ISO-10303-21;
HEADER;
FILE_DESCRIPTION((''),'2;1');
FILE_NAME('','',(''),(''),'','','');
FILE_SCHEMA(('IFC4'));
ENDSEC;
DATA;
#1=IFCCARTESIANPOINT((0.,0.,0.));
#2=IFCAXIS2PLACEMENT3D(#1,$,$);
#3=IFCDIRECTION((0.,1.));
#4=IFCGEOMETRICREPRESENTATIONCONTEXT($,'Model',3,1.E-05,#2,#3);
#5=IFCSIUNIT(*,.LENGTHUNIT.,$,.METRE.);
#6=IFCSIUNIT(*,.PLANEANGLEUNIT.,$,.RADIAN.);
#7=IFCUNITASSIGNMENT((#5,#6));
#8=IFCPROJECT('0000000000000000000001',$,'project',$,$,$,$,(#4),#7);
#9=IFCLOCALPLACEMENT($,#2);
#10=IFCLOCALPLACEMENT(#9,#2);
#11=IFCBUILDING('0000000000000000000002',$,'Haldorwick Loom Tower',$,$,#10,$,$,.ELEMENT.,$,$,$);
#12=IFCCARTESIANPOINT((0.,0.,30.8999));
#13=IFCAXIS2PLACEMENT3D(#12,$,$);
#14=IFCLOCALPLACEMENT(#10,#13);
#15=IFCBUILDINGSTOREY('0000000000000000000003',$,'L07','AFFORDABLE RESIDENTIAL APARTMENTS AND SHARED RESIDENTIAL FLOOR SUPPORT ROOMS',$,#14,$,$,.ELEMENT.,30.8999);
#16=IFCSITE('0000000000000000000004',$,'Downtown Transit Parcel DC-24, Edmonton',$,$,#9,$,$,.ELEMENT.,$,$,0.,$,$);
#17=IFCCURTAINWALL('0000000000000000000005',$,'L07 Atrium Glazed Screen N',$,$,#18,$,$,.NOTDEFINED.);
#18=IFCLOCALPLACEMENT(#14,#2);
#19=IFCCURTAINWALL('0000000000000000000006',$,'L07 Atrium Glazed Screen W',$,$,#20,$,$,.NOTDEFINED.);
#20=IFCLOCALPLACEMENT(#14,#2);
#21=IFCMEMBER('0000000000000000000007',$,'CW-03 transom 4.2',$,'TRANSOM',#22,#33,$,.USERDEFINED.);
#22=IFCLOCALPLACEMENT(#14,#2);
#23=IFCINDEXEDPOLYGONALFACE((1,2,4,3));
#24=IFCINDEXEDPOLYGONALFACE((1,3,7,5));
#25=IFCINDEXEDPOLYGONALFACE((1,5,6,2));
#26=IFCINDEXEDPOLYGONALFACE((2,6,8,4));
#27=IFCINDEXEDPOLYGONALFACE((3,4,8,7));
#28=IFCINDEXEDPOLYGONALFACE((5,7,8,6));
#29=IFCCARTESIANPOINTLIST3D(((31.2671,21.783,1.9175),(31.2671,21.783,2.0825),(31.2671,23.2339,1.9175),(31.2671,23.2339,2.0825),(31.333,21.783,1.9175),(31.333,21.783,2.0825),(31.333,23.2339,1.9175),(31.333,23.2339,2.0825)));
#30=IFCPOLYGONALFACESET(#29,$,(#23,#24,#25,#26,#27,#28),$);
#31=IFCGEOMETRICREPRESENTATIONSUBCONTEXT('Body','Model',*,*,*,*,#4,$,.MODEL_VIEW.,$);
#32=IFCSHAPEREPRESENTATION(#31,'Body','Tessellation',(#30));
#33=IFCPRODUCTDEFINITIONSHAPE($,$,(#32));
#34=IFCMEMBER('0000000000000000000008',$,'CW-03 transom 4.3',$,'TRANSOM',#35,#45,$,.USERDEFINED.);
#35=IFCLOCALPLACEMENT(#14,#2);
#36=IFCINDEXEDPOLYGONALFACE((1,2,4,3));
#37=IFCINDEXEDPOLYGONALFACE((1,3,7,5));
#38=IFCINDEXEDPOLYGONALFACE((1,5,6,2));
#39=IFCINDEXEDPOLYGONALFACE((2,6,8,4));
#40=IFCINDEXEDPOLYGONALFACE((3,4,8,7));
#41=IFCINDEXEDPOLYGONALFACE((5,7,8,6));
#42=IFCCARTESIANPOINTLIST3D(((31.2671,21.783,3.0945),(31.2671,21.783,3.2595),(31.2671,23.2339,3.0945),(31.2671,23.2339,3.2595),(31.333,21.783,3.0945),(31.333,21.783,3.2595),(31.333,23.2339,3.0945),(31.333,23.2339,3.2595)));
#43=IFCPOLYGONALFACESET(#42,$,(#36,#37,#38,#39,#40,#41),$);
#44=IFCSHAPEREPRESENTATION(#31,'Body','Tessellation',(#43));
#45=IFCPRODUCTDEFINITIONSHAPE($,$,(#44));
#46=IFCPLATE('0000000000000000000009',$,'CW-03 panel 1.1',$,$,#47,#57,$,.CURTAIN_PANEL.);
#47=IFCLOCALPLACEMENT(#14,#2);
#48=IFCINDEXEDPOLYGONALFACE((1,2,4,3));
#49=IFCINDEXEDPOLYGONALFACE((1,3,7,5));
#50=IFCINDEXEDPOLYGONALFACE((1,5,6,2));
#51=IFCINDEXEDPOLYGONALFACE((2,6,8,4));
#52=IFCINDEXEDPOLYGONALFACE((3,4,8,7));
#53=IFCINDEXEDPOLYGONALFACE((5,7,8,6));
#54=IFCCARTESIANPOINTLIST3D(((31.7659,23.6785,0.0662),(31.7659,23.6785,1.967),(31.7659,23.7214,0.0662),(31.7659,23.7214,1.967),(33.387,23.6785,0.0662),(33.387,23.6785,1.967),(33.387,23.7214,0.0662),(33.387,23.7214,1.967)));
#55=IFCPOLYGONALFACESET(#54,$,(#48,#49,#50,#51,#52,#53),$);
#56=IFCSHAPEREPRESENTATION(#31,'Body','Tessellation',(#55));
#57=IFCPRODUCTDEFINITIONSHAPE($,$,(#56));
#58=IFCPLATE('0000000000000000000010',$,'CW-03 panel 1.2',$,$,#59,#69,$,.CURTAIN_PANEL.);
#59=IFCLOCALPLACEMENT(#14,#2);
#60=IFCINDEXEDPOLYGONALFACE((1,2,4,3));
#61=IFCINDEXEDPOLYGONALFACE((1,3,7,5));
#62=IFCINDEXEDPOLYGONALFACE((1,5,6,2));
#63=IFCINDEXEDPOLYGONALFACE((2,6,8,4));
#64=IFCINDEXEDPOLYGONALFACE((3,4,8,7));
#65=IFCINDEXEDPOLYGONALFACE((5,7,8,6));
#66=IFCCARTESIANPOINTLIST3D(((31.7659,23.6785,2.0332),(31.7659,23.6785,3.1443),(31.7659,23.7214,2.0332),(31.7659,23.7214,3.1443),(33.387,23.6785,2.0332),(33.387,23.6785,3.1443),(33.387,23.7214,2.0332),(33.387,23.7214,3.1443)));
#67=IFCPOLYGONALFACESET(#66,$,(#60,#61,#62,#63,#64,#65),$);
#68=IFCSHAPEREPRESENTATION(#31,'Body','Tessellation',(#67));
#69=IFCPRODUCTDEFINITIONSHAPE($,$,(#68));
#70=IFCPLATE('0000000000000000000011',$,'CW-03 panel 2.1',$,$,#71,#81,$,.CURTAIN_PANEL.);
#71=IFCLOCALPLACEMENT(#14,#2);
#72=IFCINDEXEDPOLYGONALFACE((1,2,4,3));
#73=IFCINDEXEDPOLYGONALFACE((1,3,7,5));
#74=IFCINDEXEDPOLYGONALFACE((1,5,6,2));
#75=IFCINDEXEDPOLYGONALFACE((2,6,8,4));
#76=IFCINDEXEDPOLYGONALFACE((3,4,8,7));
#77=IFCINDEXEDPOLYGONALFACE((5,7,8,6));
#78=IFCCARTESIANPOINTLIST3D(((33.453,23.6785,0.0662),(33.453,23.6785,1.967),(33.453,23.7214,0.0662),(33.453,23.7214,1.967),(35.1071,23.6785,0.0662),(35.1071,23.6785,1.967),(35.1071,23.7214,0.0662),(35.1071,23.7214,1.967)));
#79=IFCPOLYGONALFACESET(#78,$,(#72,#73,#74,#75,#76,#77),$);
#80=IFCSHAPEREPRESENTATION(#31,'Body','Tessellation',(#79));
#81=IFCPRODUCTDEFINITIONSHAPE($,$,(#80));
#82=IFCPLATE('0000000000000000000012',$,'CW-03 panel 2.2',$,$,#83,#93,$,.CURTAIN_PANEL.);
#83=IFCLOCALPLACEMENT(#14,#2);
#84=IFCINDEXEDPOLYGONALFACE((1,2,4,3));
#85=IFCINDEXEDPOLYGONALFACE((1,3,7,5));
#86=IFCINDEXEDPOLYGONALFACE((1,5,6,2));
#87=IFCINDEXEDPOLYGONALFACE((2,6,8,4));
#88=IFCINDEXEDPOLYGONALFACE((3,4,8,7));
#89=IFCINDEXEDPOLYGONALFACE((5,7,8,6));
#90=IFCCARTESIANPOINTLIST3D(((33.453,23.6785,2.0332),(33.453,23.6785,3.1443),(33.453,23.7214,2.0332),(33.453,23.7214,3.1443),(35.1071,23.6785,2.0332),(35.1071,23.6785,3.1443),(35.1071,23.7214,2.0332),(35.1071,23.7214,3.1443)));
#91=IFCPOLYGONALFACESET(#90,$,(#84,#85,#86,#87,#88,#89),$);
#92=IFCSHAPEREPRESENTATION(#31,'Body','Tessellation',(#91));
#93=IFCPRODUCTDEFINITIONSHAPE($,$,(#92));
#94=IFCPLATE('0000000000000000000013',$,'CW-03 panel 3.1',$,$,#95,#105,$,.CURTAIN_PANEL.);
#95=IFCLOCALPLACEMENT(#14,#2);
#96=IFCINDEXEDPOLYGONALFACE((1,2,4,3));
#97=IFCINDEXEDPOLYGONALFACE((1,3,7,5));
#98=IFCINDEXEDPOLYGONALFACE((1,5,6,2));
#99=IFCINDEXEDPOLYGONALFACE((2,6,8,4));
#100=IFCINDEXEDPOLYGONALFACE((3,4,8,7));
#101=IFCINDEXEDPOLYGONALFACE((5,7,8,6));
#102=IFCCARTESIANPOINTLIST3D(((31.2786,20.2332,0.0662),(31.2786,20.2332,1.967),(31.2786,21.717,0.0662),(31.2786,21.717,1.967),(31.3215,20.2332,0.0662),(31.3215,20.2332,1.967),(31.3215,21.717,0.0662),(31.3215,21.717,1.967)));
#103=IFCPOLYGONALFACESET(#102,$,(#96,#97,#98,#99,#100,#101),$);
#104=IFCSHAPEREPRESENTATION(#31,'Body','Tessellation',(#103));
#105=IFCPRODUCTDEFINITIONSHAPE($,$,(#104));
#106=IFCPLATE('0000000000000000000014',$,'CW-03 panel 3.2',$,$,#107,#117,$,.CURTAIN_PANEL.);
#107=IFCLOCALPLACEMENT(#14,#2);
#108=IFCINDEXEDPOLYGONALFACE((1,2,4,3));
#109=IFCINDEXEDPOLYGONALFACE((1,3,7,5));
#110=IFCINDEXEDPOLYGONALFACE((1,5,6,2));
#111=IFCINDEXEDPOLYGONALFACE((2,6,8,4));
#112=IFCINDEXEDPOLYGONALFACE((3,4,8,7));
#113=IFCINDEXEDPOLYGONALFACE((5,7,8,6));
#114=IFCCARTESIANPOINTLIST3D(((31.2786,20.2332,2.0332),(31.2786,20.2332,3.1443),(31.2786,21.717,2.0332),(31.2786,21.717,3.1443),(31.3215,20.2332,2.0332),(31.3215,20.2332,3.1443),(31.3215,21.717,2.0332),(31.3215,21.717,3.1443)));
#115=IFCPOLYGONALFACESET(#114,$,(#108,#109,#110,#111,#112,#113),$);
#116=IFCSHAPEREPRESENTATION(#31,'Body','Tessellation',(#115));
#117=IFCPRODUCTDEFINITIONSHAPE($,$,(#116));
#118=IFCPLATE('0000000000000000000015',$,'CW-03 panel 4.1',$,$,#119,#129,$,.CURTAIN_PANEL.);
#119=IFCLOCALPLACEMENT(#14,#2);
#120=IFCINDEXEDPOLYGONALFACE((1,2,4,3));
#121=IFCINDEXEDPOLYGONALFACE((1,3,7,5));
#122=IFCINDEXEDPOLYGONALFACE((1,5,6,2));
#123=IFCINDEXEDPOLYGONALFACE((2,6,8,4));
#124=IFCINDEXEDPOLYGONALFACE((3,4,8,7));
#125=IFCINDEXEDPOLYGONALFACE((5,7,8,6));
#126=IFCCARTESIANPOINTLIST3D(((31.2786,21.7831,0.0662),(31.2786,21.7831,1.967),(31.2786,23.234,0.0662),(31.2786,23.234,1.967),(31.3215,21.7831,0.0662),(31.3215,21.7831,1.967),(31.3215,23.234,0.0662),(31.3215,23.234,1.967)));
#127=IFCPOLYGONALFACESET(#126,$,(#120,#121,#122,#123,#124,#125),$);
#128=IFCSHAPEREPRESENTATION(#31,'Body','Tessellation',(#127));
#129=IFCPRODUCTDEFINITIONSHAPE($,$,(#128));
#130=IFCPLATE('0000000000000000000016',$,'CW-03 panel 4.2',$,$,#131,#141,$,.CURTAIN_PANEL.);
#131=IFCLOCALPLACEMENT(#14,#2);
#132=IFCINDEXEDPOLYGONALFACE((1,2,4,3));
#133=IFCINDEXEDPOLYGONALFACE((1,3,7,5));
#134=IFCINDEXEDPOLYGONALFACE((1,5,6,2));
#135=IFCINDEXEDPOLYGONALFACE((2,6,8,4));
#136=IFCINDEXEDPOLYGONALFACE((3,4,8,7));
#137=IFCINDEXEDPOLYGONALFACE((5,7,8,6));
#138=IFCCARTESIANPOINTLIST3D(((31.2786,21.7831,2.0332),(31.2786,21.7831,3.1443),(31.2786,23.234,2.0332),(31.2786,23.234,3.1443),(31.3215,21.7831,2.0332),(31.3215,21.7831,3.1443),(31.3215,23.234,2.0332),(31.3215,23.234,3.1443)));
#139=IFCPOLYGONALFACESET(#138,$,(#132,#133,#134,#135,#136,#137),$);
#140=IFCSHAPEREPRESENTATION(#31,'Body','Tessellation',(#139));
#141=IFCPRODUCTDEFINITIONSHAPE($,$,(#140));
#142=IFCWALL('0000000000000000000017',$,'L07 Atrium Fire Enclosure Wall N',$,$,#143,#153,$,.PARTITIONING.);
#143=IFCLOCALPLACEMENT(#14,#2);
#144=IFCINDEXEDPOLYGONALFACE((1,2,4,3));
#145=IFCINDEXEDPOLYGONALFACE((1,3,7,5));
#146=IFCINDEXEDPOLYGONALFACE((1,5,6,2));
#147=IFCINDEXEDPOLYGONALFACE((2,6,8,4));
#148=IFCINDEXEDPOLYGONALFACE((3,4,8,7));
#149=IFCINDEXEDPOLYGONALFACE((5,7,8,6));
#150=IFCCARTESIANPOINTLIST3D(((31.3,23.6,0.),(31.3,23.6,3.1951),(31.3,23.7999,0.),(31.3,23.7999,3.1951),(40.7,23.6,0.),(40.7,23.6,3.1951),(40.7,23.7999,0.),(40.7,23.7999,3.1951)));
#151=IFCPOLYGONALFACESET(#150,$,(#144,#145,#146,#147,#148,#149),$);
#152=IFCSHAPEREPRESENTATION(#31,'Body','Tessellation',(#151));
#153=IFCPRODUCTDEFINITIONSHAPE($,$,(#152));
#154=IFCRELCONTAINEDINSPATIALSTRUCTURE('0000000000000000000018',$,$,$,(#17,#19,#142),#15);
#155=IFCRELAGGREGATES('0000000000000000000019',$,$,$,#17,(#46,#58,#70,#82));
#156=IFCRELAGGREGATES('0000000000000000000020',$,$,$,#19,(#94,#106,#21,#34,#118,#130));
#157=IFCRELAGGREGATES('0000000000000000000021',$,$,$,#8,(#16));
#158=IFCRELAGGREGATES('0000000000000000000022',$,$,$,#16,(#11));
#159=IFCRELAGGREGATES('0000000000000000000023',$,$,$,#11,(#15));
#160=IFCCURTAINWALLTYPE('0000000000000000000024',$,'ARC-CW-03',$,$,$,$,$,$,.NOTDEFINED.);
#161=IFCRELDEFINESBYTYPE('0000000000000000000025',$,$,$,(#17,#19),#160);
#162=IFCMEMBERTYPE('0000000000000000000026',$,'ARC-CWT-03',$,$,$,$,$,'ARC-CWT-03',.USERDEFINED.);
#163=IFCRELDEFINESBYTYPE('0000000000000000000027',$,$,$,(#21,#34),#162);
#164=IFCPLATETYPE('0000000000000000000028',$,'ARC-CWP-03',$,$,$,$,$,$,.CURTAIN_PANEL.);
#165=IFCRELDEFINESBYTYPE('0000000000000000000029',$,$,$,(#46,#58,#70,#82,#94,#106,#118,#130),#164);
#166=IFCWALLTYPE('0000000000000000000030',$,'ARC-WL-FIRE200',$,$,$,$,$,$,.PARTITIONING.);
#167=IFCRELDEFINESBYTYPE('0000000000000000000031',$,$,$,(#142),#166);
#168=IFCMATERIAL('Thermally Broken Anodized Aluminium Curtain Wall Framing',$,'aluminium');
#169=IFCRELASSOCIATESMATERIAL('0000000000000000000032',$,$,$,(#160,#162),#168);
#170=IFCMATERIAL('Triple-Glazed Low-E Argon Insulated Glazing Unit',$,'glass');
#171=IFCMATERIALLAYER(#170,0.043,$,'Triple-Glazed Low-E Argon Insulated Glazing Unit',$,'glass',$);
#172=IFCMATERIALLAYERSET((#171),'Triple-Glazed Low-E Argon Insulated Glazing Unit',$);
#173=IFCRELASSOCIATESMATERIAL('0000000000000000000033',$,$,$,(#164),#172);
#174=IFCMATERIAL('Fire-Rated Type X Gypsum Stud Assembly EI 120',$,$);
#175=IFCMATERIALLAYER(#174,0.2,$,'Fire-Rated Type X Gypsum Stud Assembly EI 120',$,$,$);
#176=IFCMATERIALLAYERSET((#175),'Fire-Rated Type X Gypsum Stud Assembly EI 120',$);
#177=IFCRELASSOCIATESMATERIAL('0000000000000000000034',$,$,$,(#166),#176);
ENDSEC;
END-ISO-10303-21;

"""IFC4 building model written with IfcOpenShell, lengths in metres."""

from ifc_helpers import new_model, si_unit, direction, frame, frame_2d, origin, origin_2d, place, context, subcontext, project, spatial, rectangle, extrude, material, layer, layer_set, material_profile, profile_set, type_object, element, aggregate, save


model = new_model("IFC4")

# Units and contexts
model_context = context("Model", 3, precision=1e-05, world=origin(), true_north=direction((0.0, 1.0)))
body_context = subcontext(model_context, "Body", "Model", "MODEL_VIEW")
ifc_project = project(units=[si_unit("LENGTHUNIT", "METRE"), si_unit("PLANEANGLEUNIT", "RADIAN")], contexts=[model_context])

# Site, building, storey
site_placement = place(None, origin())
site = spatial("IfcSite", under=ifc_project, at=site_placement, Name="Downtown Transit Parcel DC-24, Edmonton", CompositionType="ELEMENT", RefElevation=0.0)
building_placement = place(site_placement, origin())
building = spatial("IfcBuilding", under=site, at=building_placement, Name="Haldorwick Loom Tower", CompositionType="ELEMENT")
storey_placement = place(building_placement, frame((0.0, 0.0, 30.8999)))
storey = spatial("IfcBuildingStorey", under=building, at=storey_placement, Name="L07", Description="AFFORDABLE RESIDENTIAL APARTMENTS AND SHARED RESIDENTIAL FLOOR SUPPORT ROOMS", CompositionType="ELEMENT", Elevation=30.8999)

# Curtain walls
ifc_material_1 = material(Name="Thermally Broken Anodized Aluminium Curtain Wall Framing", Category="aluminium")
curtain_wall_type = type_object("IfcCurtainWallType", Name="ARC-CW-03", PredefinedType="NOTDEFINED", material=ifc_material_1)
curtain_wall_1_placement = place(storey_placement, origin())
curtain_wall_1 = element("IfcCurtainWall", 1, at=curtain_wall_1_placement, inside=storey, type_object=curtain_wall_type, Name="L07 Atrium Glazed Screen N", PredefinedType="NOTDEFINED")
curtain_wall_2_placement = place(storey_placement, origin())
curtain_wall_2 = element("IfcCurtainWall", 2, at=curtain_wall_2_placement, inside=storey, type_object=curtain_wall_type, Name="L07 Atrium Glazed Screen W", PredefinedType="NOTDEFINED")

# Members
ifc_material_profile_1 = material_profile(ifc_material_1, rectangle(XDim=0.0659, YDim=0.165, at=origin_2d()), Name="ALU_TRN_66X165", Category="aluminium")
ifc_profile_set_1 = profile_set([ifc_material_profile_1], Name="Thermally Broken Anodized Aluminium Curtain Wall Framing")
member_type_1 = type_object("IfcMemberType", Name="ARC-CWT-03", ElementType="ARC-CWT-03", PredefinedType="USERDEFINED", material=ifc_profile_set_1)
member_1_placement = place(storey_placement, frame((31.3, 21.783, 2.0), z_axis=(0.0, 1.0, 0.0), x_axis=(-1.0, 0.0, 0.0)))
member_1 = element("IfcMember", 3, at=member_1_placement, type_object=member_type_1, Name="CW-03 transom 4.2", ObjectType="TRANSOM", PredefinedType="USERDEFINED", context=body_context, shape_type="SweptSolid", body=[
    extrude(rectangle(XDim=0.0659, YDim=0.165, at=origin_2d()), origin(), (0.0, 0.0, 1.0), 1.4509),
])
member_2_placement = place(storey_placement, frame((31.3, 21.783, 3.177), z_axis=(0.0, 1.0, 0.0), x_axis=(-1.0, 0.0, 0.0)))
member_2 = element("IfcMember", 4, at=member_2_placement, type_object=member_type_1, Name="CW-03 transom 4.3", ObjectType="TRANSOM", PredefinedType="USERDEFINED", context=body_context, shape_type="SweptSolid", body=[
    extrude(rectangle(XDim=0.0659, YDim=0.165, at=origin_2d()), origin(), (0.0, 0.0, 1.0), 1.4509),
])

# Plates
ifc_material_2 = material(Name="Triple-Glazed Low-E Argon Insulated Glazing Unit", Category="glass")
ifc_layer_1 = layer(ifc_material_2, 0.043, Name="Triple-Glazed Low-E Argon Insulated Glazing Unit", Category="glass")
ifc_layer_set_1 = layer_set([ifc_layer_1], Name="Triple-Glazed Low-E Argon Insulated Glazing Unit")
plate_type = type_object("IfcPlateType", Name="ARC-CWP-03", PredefinedType="CURTAIN_PANEL", material=ifc_layer_set_1)
plate_1_placement = place(storey_placement, frame((32.5764, 23.7, 0.0662), z_axis=(0.0, 0.0, 1.0), x_axis=(1.0, 0.0, 0.0)))
plate_1 = element("IfcPlate", 5, at=plate_1_placement, type_object=plate_type, Name="CW-03 panel 1.1", PredefinedType="CURTAIN_PANEL", context=body_context, shape_type="SweptSolid", body=[
    extrude(rectangle(XDim=1.6211, YDim=0.043, at=origin_2d()), origin(), (0.0, 0.0, 1.0), 1.9009),
])
plate_2_placement = place(storey_placement, frame((32.5764, 23.7, 2.0332), z_axis=(0.0, 0.0, 1.0), x_axis=(1.0, 0.0, 0.0)))
plate_2 = element("IfcPlate", 6, at=plate_2_placement, type_object=plate_type, Name="CW-03 panel 1.2", PredefinedType="CURTAIN_PANEL", context=body_context, shape_type="SweptSolid", body=[
    extrude(rectangle(XDim=1.6211, YDim=0.043, at=origin_2d()), origin(), (0.0, 0.0, 1.0), 1.1111),
])
plate_3_placement = place(storey_placement, frame((34.28, 23.7, 0.0662), z_axis=(0.0, 0.0, 1.0), x_axis=(1.0, 0.0, 0.0)))
plate_3 = element("IfcPlate", 7, at=plate_3_placement, type_object=plate_type, Name="CW-03 panel 2.1", PredefinedType="CURTAIN_PANEL", context=body_context, shape_type="SweptSolid", body=[
    extrude(rectangle(XDim=1.6541, YDim=0.043, at=origin_2d()), origin(), (0.0, 0.0, 1.0), 1.9009),
])
plate_4_placement = place(storey_placement, frame((34.28, 23.7, 2.0332), z_axis=(0.0, 0.0, 1.0), x_axis=(1.0, 0.0, 0.0)))
plate_4 = element("IfcPlate", 8, at=plate_4_placement, type_object=plate_type, Name="CW-03 panel 2.2", PredefinedType="CURTAIN_PANEL", context=body_context, shape_type="SweptSolid", body=[
    extrude(rectangle(XDim=1.6541, YDim=0.043, at=origin_2d()), origin(), (0.0, 0.0, 1.0), 1.1111),
])
aggregate(curtain_wall_1, [plate_1, plate_2, plate_3, plate_4])
plate_5_placement = place(storey_placement, frame((31.3, 20.9751, 0.0662), z_axis=(0.0, 0.0, 1.0), x_axis=(0.0, 1.0, 0.0)))
plate_5 = element("IfcPlate", 9, at=plate_5_placement, type_object=plate_type, Name="CW-03 panel 3.1", PredefinedType="CURTAIN_PANEL", context=body_context, shape_type="SweptSolid", body=[
    extrude(rectangle(XDim=1.4839, YDim=0.043, at=origin_2d()), origin(), (0.0, 0.0, 1.0), 1.9009),
])
plate_6_placement = place(storey_placement, frame((31.3, 20.9751, 2.0332), z_axis=(0.0, 0.0, 1.0), x_axis=(0.0, 1.0, 0.0)))
plate_6 = element("IfcPlate", 10, at=plate_6_placement, type_object=plate_type, Name="CW-03 panel 3.2", PredefinedType="CURTAIN_PANEL", context=body_context, shape_type="SweptSolid", body=[
    extrude(rectangle(XDim=1.4839, YDim=0.043, at=origin_2d()), origin(), (0.0, 0.0, 1.0), 1.1111),
])
plate_7_placement = place(storey_placement, frame((31.3, 22.5085, 0.0662), z_axis=(0.0, 0.0, 1.0), x_axis=(0.0, 1.0, 0.0)))
plate_7 = element("IfcPlate", 11, at=plate_7_placement, type_object=plate_type, Name="CW-03 panel 4.1", PredefinedType="CURTAIN_PANEL", context=body_context, shape_type="SweptSolid", body=[
    extrude(rectangle(XDim=1.4509, YDim=0.043, at=origin_2d()), origin(), (0.0, 0.0, 1.0), 1.9009),
])
plate_8_placement = place(storey_placement, frame((31.3, 22.5085, 2.0332), z_axis=(0.0, 0.0, 1.0), x_axis=(0.0, 1.0, 0.0)))
plate_8 = element("IfcPlate", 12, at=plate_8_placement, type_object=plate_type, Name="CW-03 panel 4.2", PredefinedType="CURTAIN_PANEL", context=body_context, shape_type="SweptSolid", body=[
    extrude(rectangle(XDim=1.4509, YDim=0.043, at=origin_2d()), origin(), (0.0, 0.0, 1.0), 1.1111),
])
aggregate(curtain_wall_2, [plate_5, plate_6, member_1, member_2, plate_7, plate_8])

# Wall
ifc_material_3 = material(Name="Fire-Rated Type X Gypsum Stud Assembly EI 120")
ifc_layer_2 = layer(ifc_material_3, 0.2, Name="Fire-Rated Type X Gypsum Stud Assembly EI 120")
ifc_layer_set_2 = layer_set([ifc_layer_2], Name="Fire-Rated Type X Gypsum Stud Assembly EI 120")
wall_type = type_object("IfcWallType", Name="ARC-WL-FIRE200", PredefinedType="PARTITIONING", material=ifc_layer_set_2)
wall_placement = place(storey_placement, frame((31.3, 23.7, 0.0), z_axis=(0.0, 0.0, 1.0), x_axis=(1.0, 0.0, 0.0)))
element("IfcWall", 13, at=wall_placement, inside=storey, type_object=wall_type, Name="L07 Atrium Fire Enclosure Wall N", PredefinedType="PARTITIONING", context=body_context, shape_type="SweptSolid", body=[
    extrude(rectangle(XDim=9.3999, YDim=0.2, at=frame_2d((4.7, 0.0))), origin(), (0.0, 0.0, 1.0), 3.1951),
])

save(model, "model.ifc")
